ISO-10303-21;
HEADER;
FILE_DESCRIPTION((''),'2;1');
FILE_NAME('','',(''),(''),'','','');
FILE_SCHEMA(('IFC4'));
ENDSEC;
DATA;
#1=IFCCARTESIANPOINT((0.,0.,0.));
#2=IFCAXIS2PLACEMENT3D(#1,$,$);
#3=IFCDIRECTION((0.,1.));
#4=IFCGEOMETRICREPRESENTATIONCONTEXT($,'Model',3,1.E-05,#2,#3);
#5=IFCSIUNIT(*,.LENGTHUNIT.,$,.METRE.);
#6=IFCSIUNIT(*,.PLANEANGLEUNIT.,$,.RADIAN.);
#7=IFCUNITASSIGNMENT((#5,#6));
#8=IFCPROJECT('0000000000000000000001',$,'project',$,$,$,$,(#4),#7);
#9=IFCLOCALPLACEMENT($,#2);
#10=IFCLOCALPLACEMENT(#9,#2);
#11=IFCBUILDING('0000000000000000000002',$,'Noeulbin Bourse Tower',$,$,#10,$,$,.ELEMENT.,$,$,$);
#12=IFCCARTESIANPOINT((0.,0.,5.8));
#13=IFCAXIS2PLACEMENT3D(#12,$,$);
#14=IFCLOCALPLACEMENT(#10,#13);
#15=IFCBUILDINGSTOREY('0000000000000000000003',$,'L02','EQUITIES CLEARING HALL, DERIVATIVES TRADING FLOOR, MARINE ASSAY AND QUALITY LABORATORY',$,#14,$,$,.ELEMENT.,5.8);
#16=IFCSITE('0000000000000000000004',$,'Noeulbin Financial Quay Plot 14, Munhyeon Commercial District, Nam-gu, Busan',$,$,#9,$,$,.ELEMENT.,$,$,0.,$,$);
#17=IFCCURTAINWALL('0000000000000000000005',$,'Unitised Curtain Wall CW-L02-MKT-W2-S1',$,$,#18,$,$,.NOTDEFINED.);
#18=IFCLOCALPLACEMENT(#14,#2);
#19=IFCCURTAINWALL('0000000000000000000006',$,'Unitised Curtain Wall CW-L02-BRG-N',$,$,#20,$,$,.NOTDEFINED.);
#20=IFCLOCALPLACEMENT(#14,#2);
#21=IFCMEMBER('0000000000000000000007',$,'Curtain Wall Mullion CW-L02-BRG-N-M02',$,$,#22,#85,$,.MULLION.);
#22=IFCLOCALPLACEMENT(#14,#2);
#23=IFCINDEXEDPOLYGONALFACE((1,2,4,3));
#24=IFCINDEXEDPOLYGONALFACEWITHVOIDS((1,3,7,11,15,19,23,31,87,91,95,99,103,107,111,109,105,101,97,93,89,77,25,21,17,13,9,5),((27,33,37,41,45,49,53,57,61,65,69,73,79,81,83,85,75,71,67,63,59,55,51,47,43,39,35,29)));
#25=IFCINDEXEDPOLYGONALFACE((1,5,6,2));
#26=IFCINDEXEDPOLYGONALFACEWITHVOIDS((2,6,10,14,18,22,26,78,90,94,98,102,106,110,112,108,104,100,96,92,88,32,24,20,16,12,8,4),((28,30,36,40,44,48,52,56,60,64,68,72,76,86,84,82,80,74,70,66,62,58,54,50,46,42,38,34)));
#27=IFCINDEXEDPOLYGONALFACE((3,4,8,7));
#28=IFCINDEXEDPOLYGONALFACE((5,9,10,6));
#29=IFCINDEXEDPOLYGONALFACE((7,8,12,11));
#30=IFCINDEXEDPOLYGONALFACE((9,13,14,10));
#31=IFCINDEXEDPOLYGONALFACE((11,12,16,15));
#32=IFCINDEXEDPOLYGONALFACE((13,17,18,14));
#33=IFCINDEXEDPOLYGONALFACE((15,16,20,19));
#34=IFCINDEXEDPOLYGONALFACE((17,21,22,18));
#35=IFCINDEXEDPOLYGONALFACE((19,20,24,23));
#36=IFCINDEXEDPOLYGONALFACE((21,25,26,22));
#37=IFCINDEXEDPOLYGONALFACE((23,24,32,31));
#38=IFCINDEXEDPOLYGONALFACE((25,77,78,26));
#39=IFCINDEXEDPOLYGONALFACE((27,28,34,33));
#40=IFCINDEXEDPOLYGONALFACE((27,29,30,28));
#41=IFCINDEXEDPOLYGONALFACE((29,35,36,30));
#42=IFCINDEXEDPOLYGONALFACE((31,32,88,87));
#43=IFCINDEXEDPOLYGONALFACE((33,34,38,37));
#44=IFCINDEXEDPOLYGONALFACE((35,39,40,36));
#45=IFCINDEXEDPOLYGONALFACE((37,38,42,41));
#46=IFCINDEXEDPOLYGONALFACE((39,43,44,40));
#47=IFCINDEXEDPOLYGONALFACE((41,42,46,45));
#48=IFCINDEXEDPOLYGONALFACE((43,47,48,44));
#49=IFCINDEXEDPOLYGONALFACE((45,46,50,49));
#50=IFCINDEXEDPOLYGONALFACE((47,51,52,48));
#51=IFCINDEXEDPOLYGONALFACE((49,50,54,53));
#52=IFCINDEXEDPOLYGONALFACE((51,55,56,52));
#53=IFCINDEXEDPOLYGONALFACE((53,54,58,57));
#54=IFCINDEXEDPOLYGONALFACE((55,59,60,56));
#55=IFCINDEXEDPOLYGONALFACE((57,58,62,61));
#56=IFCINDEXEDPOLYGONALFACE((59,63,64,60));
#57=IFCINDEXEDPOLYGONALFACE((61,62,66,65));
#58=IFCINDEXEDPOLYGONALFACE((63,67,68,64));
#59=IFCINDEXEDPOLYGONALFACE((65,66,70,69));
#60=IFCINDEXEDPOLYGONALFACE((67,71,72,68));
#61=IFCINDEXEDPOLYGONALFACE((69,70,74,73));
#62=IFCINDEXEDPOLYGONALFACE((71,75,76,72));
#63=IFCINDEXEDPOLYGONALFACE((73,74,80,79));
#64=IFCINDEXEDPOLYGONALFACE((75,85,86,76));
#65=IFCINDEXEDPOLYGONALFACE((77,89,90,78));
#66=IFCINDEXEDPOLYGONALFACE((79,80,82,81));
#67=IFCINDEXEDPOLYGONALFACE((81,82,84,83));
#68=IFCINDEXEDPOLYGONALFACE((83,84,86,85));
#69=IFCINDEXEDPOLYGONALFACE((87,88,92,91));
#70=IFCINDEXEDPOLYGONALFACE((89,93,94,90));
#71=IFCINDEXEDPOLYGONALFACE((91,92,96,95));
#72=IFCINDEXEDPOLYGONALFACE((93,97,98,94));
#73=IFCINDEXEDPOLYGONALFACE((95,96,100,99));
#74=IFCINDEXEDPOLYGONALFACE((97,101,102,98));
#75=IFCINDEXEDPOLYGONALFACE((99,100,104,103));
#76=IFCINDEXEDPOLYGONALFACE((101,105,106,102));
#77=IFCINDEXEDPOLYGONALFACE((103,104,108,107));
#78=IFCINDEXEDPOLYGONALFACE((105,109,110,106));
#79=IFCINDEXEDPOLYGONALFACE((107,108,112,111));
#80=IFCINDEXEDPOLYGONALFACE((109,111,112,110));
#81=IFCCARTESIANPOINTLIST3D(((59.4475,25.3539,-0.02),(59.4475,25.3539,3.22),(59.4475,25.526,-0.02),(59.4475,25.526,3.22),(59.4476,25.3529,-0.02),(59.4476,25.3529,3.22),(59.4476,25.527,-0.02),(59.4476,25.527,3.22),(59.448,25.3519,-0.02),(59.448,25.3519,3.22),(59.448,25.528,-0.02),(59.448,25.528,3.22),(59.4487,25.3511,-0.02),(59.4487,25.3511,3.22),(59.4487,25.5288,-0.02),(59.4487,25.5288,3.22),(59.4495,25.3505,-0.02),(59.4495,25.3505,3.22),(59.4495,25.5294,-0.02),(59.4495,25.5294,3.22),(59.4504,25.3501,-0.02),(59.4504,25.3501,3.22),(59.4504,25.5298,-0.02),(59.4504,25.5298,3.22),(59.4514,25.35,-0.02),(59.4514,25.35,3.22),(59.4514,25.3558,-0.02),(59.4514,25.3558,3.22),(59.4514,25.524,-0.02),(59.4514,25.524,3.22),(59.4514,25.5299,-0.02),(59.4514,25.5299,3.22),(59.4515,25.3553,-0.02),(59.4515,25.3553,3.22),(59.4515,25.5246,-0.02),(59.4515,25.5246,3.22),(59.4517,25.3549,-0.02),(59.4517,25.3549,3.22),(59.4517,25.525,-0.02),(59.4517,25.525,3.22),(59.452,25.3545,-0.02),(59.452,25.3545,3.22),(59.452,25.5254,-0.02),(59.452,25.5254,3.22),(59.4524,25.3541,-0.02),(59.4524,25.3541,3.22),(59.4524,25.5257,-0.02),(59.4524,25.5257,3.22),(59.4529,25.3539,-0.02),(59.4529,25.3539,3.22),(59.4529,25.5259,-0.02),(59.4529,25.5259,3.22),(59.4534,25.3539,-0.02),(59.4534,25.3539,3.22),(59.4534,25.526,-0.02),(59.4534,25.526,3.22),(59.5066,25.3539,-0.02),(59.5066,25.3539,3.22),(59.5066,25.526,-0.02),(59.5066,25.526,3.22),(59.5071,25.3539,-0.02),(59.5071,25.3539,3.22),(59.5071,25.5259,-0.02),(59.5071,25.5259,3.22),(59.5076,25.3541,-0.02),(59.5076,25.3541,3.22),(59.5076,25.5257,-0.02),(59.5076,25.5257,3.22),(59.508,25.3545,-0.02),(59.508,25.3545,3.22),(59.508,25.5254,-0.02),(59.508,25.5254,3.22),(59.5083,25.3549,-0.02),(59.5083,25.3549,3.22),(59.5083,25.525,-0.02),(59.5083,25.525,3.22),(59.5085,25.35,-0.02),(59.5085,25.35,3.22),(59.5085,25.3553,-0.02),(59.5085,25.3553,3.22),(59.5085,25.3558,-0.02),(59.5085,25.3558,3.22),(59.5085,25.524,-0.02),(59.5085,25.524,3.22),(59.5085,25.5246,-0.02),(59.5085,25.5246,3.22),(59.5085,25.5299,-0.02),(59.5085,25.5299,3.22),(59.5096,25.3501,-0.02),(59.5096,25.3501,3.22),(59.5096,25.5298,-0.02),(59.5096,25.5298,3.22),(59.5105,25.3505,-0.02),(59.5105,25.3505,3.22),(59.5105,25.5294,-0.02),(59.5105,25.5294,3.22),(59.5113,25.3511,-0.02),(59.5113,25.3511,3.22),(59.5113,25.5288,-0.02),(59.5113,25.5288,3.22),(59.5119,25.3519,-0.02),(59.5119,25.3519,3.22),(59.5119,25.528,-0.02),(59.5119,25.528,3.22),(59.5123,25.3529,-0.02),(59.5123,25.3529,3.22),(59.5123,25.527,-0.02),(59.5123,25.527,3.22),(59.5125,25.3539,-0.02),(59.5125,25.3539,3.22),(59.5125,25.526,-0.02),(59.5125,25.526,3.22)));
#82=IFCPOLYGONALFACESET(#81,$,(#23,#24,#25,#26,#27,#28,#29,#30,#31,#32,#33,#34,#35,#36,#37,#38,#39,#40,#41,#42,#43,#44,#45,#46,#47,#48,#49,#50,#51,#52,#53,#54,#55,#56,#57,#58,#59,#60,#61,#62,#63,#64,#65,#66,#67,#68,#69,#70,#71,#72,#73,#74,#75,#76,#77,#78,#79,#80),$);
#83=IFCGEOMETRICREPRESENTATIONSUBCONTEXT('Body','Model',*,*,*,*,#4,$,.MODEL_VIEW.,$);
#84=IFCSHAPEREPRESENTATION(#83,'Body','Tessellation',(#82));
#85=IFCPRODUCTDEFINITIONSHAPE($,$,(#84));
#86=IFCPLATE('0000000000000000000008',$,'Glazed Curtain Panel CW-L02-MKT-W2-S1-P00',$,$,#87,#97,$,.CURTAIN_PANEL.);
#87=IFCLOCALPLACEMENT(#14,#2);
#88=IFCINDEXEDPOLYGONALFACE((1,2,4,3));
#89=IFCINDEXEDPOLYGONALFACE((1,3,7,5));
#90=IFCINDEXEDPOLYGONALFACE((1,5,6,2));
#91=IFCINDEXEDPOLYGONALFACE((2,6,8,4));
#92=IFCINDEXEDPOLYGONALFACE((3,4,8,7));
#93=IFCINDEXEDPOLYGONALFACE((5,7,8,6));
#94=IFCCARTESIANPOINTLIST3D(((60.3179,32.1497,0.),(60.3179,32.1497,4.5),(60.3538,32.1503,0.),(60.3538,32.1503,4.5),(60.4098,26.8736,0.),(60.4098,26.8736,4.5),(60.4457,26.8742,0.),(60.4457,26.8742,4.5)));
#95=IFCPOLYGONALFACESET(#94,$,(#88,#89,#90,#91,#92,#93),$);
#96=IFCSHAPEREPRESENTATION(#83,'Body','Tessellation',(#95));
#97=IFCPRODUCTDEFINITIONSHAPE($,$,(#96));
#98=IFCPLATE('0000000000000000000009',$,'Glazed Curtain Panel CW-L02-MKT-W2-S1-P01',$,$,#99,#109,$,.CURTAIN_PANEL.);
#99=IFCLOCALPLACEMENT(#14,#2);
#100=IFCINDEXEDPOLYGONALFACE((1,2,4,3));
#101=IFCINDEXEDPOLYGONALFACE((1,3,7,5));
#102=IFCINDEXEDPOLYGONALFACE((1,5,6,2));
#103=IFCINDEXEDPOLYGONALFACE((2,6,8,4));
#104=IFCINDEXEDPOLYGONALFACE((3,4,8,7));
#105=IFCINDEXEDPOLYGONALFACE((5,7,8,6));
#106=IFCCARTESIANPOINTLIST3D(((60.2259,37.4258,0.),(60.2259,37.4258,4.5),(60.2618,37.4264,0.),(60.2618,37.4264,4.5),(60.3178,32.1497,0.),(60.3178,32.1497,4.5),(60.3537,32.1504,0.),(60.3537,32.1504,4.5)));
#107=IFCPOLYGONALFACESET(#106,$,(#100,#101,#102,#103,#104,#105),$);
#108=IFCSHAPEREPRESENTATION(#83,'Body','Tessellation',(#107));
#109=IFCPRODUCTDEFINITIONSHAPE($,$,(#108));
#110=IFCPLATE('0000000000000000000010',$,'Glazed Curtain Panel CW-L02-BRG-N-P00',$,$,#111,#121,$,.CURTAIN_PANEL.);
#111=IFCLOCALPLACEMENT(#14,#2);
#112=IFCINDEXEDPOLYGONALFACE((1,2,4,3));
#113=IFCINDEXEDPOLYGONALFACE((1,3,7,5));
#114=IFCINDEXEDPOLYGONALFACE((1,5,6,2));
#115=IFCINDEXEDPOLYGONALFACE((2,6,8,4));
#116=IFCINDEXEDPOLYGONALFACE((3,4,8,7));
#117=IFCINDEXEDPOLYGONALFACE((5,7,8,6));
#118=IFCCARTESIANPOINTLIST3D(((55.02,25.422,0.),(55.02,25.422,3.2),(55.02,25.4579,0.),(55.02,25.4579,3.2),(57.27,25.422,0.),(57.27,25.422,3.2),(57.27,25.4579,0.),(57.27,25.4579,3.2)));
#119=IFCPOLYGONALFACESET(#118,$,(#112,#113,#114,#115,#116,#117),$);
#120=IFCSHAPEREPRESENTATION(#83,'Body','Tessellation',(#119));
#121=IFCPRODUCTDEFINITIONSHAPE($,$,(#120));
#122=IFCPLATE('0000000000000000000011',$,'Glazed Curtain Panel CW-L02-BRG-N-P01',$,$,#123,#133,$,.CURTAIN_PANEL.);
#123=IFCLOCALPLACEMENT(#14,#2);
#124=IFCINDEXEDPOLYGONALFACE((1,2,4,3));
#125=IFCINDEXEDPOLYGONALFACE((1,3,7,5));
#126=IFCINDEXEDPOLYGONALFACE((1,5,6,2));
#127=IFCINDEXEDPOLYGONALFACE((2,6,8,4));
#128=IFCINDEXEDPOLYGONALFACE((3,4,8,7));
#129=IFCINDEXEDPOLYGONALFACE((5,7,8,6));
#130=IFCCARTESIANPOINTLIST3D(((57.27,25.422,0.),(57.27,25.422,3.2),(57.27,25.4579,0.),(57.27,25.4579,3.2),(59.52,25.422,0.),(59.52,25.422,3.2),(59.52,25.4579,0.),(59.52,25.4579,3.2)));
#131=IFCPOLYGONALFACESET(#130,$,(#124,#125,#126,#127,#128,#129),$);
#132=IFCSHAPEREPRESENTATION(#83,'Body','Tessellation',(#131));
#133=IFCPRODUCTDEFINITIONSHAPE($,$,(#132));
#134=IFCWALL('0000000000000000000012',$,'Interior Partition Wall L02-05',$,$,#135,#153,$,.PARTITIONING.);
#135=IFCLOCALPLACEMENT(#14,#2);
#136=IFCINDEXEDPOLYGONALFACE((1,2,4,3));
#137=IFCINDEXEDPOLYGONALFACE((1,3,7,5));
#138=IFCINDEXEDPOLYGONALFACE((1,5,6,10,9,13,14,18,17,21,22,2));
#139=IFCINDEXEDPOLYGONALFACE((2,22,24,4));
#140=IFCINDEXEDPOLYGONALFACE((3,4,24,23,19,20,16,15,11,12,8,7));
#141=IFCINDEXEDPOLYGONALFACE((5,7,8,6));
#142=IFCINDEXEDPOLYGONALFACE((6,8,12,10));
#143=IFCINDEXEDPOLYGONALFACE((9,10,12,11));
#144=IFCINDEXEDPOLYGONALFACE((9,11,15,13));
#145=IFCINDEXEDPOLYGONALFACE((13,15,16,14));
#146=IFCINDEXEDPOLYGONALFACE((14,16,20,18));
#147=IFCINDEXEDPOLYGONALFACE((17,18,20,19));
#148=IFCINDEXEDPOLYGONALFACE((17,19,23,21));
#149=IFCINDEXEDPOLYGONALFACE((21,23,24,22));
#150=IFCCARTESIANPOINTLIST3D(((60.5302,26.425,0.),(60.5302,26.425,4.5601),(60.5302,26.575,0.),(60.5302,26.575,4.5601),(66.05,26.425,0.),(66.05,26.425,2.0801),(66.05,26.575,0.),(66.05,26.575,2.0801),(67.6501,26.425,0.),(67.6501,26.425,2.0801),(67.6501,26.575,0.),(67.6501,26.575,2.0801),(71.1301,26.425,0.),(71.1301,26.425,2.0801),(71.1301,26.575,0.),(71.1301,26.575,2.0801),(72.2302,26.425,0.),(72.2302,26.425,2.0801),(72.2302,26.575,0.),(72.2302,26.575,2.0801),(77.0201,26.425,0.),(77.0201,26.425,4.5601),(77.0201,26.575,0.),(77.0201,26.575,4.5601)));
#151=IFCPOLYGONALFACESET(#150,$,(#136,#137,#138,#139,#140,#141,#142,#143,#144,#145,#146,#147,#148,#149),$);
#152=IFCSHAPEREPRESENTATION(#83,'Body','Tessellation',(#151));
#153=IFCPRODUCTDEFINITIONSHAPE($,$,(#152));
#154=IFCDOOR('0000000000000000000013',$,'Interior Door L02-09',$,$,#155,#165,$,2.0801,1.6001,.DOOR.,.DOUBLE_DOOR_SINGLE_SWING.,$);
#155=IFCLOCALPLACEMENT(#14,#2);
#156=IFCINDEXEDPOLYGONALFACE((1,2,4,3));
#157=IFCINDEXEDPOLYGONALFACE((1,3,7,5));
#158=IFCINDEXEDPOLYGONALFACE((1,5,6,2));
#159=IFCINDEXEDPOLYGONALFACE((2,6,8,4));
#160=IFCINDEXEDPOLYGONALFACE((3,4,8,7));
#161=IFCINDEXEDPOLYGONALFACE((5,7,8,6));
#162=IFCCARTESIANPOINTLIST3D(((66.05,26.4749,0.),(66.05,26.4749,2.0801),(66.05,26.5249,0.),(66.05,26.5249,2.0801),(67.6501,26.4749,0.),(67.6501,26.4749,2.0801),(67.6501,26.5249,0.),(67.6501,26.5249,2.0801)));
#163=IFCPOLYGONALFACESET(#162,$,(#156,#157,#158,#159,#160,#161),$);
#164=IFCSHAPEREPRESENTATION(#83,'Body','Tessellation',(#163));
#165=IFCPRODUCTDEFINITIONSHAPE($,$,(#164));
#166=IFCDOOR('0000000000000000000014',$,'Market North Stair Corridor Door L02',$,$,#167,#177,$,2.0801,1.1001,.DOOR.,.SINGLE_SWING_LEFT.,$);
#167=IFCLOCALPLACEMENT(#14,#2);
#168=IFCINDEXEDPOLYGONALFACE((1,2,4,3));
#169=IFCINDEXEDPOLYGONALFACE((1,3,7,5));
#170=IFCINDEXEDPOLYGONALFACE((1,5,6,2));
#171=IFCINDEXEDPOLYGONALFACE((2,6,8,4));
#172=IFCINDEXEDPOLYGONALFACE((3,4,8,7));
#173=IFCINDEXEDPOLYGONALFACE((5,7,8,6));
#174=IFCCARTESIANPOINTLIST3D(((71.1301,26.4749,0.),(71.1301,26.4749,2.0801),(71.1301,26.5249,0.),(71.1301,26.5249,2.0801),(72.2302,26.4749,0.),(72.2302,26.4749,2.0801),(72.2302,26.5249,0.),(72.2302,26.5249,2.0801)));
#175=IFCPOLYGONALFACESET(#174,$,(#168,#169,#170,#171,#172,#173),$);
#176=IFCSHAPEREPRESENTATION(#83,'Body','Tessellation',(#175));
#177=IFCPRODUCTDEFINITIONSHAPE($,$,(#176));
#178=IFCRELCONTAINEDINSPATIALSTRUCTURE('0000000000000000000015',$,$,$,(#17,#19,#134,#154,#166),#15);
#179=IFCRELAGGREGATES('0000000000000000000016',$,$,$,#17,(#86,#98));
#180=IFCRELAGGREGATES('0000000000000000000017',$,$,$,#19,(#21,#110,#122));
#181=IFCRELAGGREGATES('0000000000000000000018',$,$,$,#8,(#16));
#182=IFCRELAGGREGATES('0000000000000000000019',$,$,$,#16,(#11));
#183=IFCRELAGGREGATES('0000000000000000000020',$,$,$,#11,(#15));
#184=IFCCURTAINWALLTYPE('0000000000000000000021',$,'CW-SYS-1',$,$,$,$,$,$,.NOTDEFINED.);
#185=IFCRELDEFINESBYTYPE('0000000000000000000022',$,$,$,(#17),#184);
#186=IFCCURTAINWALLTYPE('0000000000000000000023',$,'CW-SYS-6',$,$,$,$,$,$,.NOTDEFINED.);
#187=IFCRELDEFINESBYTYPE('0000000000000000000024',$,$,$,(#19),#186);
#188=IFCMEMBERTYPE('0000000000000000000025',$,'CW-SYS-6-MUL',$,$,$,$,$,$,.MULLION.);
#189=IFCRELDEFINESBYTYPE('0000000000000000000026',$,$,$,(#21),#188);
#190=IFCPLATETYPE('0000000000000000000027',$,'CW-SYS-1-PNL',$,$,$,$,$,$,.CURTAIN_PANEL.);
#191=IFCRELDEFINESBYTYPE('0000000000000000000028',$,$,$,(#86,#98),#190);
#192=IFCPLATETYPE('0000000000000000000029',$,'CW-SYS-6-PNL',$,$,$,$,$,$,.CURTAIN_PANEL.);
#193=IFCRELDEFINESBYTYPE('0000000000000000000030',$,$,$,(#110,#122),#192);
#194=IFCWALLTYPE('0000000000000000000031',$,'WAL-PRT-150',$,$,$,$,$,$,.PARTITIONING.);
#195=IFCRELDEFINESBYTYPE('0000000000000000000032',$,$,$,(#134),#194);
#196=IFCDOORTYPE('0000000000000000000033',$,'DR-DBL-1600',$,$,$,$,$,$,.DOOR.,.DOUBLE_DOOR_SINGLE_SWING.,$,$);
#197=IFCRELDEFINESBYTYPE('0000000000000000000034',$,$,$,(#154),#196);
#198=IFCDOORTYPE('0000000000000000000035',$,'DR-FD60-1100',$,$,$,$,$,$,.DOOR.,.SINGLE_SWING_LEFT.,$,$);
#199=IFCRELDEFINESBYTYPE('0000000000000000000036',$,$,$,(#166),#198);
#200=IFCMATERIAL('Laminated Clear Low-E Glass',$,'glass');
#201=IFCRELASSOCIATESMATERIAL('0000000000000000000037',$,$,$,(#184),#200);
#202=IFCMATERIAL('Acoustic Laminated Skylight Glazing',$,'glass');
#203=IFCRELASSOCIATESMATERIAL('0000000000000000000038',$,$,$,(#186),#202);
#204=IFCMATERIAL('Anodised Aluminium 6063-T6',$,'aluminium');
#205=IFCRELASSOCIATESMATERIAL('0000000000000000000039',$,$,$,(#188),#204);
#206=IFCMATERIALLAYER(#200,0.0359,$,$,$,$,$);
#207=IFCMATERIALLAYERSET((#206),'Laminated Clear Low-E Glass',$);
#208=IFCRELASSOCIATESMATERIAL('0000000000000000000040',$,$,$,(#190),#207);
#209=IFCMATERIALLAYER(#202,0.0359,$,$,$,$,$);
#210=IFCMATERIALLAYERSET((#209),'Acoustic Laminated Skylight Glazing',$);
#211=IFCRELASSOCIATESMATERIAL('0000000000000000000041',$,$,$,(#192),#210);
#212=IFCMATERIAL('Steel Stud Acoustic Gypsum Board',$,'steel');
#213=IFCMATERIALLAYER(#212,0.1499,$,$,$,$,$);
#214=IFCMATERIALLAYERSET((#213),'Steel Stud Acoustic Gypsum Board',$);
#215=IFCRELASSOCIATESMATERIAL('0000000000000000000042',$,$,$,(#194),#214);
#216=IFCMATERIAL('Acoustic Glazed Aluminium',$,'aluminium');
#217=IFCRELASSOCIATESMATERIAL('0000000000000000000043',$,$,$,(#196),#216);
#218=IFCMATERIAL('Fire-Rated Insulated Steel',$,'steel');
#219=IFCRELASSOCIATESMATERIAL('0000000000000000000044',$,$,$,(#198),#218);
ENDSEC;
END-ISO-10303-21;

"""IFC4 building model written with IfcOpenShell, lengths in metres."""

from ifc_helpers import new_model, si_unit, direction, frame, frame_2d, origin, origin_2d, place, context, subcontext, project, spatial, rectangle, hollow_rectangle, extrude, material, layer, layer_set, material_profile, profile_set, type_object, element, fill, aggregate, save


model = new_model("IFC4")

# Units and contexts
model_context = context("Model", 3, precision=1e-05, world=origin(), true_north=direction((0.0, 1.0)))
body_context = subcontext(model_context, "Body", "Model", "MODEL_VIEW")
ifc_project = project(units=[si_unit("LENGTHUNIT", "METRE"), si_unit("PLANEANGLEUNIT", "RADIAN")], contexts=[model_context])

# Site, building, storey
site_placement = place(None, origin())
site = spatial("IfcSite", under=ifc_project, at=site_placement, Name="Noeulbin Financial Quay Plot 14, Munhyeon Commercial District, Nam-gu, Busan", CompositionType="ELEMENT", RefElevation=0.0)
building_placement = place(site_placement, origin())
building = spatial("IfcBuilding", under=site, at=building_placement, Name="Noeulbin Bourse Tower", CompositionType="ELEMENT")
storey_placement = place(building_placement, frame((0.0, 0.0, 5.8)))
storey = spatial("IfcBuildingStorey", under=building, at=storey_placement, Name="L02", Description="EQUITIES CLEARING HALL, DERIVATIVES TRADING FLOOR, MARINE ASSAY AND QUALITY LABORATORY", CompositionType="ELEMENT", Elevation=5.8)

# Curtain walls, member
ifc_material_1 = material(Name="Laminated Clear Low-E Glass", Category="glass")
curtain_wall_type_1 = type_object("IfcCurtainWallType", Name="CW-SYS-1", PredefinedType="NOTDEFINED", material=ifc_material_1)
curtain_wall_1_placement = place(storey_placement, origin())
curtain_wall_1 = element("IfcCurtainWall", 1, at=curtain_wall_1_placement, inside=storey, type_object=curtain_wall_type_1, Name="Unitised Curtain Wall CW-L02-MKT-W2-S1", PredefinedType="NOTDEFINED")
ifc_material_2 = material(Name="Anodised Aluminium 6063-T6", Category="aluminium")
ifc_material_3 = material(Name="Acoustic Laminated Skylight Glazing", Category="glass")
curtain_wall_type_2 = type_object("IfcCurtainWallType", Name="CW-SYS-6", PredefinedType="NOTDEFINED", material=ifc_material_3)
curtain_wall_2_placement = place(storey_placement, origin())
curtain_wall_2 = element("IfcCurtainWall", 2, at=curtain_wall_2_placement, inside=storey, type_object=curtain_wall_type_2, Name="Unitised Curtain Wall CW-L02-BRG-N", PredefinedType="NOTDEFINED")
ifc_material_profile_1 = material_profile(ifc_material_2, hollow_rectangle(XDim=0.0649, YDim=0.1799, WallThickness=0.0039, InnerFilletRadius=0.002, OuterFilletRadius=0.0039, at=origin_2d()), Name="ALU-MULL-65x180x4", Category="LoadBearing")
ifc_profile_set_1 = profile_set([ifc_material_profile_1], Name="Anodised Aluminium 6063-T6")
member_type_1 = type_object("IfcMemberType", Name="CW-SYS-6-MUL", PredefinedType="MULLION", material=ifc_profile_set_1)
member_1_placement = place(storey_placement, frame((59.48, 25.4399, -0.02), z_axis=(0.0, 0.0, 1.0), x_axis=(1.0, 0.0, 0.0)))
member_1 = element("IfcMember", 3, at=member_1_placement, type_object=member_type_1, Name="Curtain Wall Mullion CW-L02-BRG-N-M02", PredefinedType="MULLION", context=body_context, shape_type="SweptSolid", body=[
    extrude(hollow_rectangle(XDim=0.0649, YDim=0.1799, WallThickness=0.0039, InnerFilletRadius=0.002, OuterFilletRadius=0.0039, at=origin_2d()), origin(), (0.0, 0.0, 1.0), 3.24),
])

# Plates
ifc_layer_1 = layer(ifc_material_1, 0.0359)
ifc_layer_set_1 = layer_set([ifc_layer_1], Name="Laminated Clear Low-E Glass")
plate_type_1 = type_object("IfcPlateType", Name="CW-SYS-1-PNL", PredefinedType="CURTAIN_PANEL", material=ifc_layer_set_1)
plate_1_placement = place(storey_placement, frame((60.3818, 29.512, 0.0), z_axis=(0.0, 0.0, 1.0), x_axis=(-0.017418, 0.999848, 0.0)))
plate_1 = element("IfcPlate", 4, at=plate_1_placement, type_object=plate_type_1, Name="Glazed Curtain Panel CW-L02-MKT-W2-S1-P00", PredefinedType="CURTAIN_PANEL", context=body_context, shape_type="SweptSolid", body=[
    extrude(rectangle(XDim=5.2769, YDim=0.0359, at=origin_2d()), origin(), (0.0, 0.0, 1.0), 4.5),
])
plate_2_placement = place(storey_placement, frame((60.2898, 34.7881, 0.0), z_axis=(0.0, 0.0, 1.0), x_axis=(-0.017418, 0.999848, 0.0)))
plate_2 = element("IfcPlate", 5, at=plate_2_placement, type_object=plate_type_1, Name="Glazed Curtain Panel CW-L02-MKT-W2-S1-P01", PredefinedType="CURTAIN_PANEL", context=body_context, shape_type="SweptSolid", body=[
    extrude(rectangle(XDim=5.2769, YDim=0.0359, at=origin_2d()), origin(), (0.0, 0.0, 1.0), 4.5),
])
aggregate(curtain_wall_1, [plate_1, plate_2])
ifc_layer_2 = layer(ifc_material_3, 0.0359)
ifc_layer_set_2 = layer_set([ifc_layer_2], Name="Acoustic Laminated Skylight Glazing")
plate_type_2 = type_object("IfcPlateType", Name="CW-SYS-6-PNL", PredefinedType="CURTAIN_PANEL", material=ifc_layer_set_2)
plate_3_placement = place(storey_placement, frame((56.145, 25.4399, 0.0), z_axis=(0.0, 0.0, 1.0), x_axis=(1.0, 0.0, 0.0)))
plate_3 = element("IfcPlate", 6, at=plate_3_placement, type_object=plate_type_2, Name="Glazed Curtain Panel CW-L02-BRG-N-P00", PredefinedType="CURTAIN_PANEL", context=body_context, shape_type="SweptSolid", body=[
    extrude(rectangle(XDim=2.25, YDim=0.0359, at=origin_2d()), origin(), (0.0, 0.0, 1.0), 3.2),
])
plate_4_placement = place(storey_placement, frame((58.395, 25.4399, 0.0), z_axis=(0.0, 0.0, 1.0), x_axis=(1.0, 0.0, 0.0)))
plate_4 = element("IfcPlate", 7, at=plate_4_placement, type_object=plate_type_2, Name="Glazed Curtain Panel CW-L02-BRG-N-P01", PredefinedType="CURTAIN_PANEL", context=body_context, shape_type="SweptSolid", body=[
    extrude(rectangle(XDim=2.25, YDim=0.0359, at=origin_2d()), origin(), (0.0, 0.0, 1.0), 3.2),
])
aggregate(curtain_wall_2, [member_1, plate_3, plate_4])

# Wall, openings, doors
ifc_material_4 = material(Name="Steel Stud Acoustic Gypsum Board", Category="steel")
ifc_layer_3 = layer(ifc_material_4, 0.1499)
ifc_layer_set_3 = layer_set([ifc_layer_3], Name="Steel Stud Acoustic Gypsum Board")
wall_type = type_object("IfcWallType", Name="WAL-PRT-150", PredefinedType="PARTITIONING", material=ifc_layer_set_3)
wall_placement = place(storey_placement, frame((60.53, 26.5, 0.0), z_axis=(0.0, 0.0, 1.0), x_axis=(1.0, 0.0, 0.0)))
wall = element("IfcWall", 8, at=wall_placement, inside=storey, type_object=wall_type, Name="Interior Partition Wall L02-05", PredefinedType="PARTITIONING", context=body_context, shape_type="SweptSolid", body=[
    extrude(rectangle(XDim=16.49, YDim=0.1499, at=frame_2d((8.2451, 0.0))), origin(), (0.0, 0.0, 1.0), 4.5601),
])
opening_1_placement = place(wall_placement, frame((5.52, 0.0, 0.0)))
opening_1 = element("IfcOpeningElement", 9, at=opening_1_placement, cuts=wall, PredefinedType="OPENING", context=body_context, shape_type="SweptSolid", body=[
    extrude(rectangle(XDim=1.6001, YDim=2.0801, at=frame_2d((0.8, 1.04))), frame((0.0, 0.085, 0.0), z_axis=(0.0, -1.0, 0.0), x_axis=(1.0, 0.0, 0.0)), (0.0, 0.0, 1.0), 0.1699),
])
opening_2_placement = place(wall_placement, frame((10.6001, 0.0, 0.0)))
opening_2 = element("IfcOpeningElement", 10, at=opening_2_placement, cuts=wall, PredefinedType="OPENING", context=body_context, shape_type="SweptSolid", body=[
    extrude(rectangle(XDim=1.1001, YDim=2.0801, at=frame_2d((0.55, 1.04))), frame((0.0, 0.085, 0.0), z_axis=(0.0, -1.0, 0.0), x_axis=(1.0, 0.0, 0.0)), (0.0, 0.0, 1.0), 0.1699),
])
ifc_material_5 = material(Name="Acoustic Glazed Aluminium", Category="aluminium")
door_type_1 = type_object("IfcDoorType", Name="DR-DBL-1600", OperationType="DOUBLE_DOOR_SINGLE_SWING", PredefinedType="DOOR", material=ifc_material_5)
door_1_placement = place(opening_1_placement, origin())
door_1 = element("IfcDoor", 11, at=door_1_placement, inside=storey, type_object=door_type_1, Name="Interior Door L02-09", OperationType="DOUBLE_DOOR_SINGLE_SWING", OverallHeight=2.0801, OverallWidth=1.6001, PredefinedType="DOOR", context=body_context, shape_type="SweptSolid", body=[
    extrude(rectangle(XDim=1.6001, YDim=2.0801, at=frame_2d((0.8, 1.04))), frame((0.0, 0.0249, 0.0), z_axis=(0.0, -1.0, 0.0), x_axis=(1.0, 0.0, 0.0)), (0.0, 0.0, 1.0), 0.05),
])
fill(opening_1, door_1)
ifc_material_6 = material(Name="Fire-Rated Insulated Steel", Category="steel")
door_type_2 = type_object("IfcDoorType", Name="DR-FD60-1100", OperationType="SINGLE_SWING_LEFT", PredefinedType="DOOR", material=ifc_material_6)
door_2_placement = place(opening_2_placement, origin())
door_2 = element("IfcDoor", 12, at=door_2_placement, inside=storey, type_object=door_type_2, Name="Market North Stair Corridor Door L02", OperationType="SINGLE_SWING_LEFT", OverallHeight=2.0801, OverallWidth=1.1001, PredefinedType="DOOR", context=body_context, shape_type="SweptSolid", body=[
    extrude(rectangle(XDim=1.1001, YDim=2.0801, at=frame_2d((0.55, 1.04))), frame((0.0, 0.0249, 0.0), z_axis=(0.0, -1.0, 0.0), x_axis=(1.0, 0.0, 0.0)), (0.0, 0.0, 1.0), 0.05),
])
fill(opening_2, door_2)

save(model, "model.ifc")
